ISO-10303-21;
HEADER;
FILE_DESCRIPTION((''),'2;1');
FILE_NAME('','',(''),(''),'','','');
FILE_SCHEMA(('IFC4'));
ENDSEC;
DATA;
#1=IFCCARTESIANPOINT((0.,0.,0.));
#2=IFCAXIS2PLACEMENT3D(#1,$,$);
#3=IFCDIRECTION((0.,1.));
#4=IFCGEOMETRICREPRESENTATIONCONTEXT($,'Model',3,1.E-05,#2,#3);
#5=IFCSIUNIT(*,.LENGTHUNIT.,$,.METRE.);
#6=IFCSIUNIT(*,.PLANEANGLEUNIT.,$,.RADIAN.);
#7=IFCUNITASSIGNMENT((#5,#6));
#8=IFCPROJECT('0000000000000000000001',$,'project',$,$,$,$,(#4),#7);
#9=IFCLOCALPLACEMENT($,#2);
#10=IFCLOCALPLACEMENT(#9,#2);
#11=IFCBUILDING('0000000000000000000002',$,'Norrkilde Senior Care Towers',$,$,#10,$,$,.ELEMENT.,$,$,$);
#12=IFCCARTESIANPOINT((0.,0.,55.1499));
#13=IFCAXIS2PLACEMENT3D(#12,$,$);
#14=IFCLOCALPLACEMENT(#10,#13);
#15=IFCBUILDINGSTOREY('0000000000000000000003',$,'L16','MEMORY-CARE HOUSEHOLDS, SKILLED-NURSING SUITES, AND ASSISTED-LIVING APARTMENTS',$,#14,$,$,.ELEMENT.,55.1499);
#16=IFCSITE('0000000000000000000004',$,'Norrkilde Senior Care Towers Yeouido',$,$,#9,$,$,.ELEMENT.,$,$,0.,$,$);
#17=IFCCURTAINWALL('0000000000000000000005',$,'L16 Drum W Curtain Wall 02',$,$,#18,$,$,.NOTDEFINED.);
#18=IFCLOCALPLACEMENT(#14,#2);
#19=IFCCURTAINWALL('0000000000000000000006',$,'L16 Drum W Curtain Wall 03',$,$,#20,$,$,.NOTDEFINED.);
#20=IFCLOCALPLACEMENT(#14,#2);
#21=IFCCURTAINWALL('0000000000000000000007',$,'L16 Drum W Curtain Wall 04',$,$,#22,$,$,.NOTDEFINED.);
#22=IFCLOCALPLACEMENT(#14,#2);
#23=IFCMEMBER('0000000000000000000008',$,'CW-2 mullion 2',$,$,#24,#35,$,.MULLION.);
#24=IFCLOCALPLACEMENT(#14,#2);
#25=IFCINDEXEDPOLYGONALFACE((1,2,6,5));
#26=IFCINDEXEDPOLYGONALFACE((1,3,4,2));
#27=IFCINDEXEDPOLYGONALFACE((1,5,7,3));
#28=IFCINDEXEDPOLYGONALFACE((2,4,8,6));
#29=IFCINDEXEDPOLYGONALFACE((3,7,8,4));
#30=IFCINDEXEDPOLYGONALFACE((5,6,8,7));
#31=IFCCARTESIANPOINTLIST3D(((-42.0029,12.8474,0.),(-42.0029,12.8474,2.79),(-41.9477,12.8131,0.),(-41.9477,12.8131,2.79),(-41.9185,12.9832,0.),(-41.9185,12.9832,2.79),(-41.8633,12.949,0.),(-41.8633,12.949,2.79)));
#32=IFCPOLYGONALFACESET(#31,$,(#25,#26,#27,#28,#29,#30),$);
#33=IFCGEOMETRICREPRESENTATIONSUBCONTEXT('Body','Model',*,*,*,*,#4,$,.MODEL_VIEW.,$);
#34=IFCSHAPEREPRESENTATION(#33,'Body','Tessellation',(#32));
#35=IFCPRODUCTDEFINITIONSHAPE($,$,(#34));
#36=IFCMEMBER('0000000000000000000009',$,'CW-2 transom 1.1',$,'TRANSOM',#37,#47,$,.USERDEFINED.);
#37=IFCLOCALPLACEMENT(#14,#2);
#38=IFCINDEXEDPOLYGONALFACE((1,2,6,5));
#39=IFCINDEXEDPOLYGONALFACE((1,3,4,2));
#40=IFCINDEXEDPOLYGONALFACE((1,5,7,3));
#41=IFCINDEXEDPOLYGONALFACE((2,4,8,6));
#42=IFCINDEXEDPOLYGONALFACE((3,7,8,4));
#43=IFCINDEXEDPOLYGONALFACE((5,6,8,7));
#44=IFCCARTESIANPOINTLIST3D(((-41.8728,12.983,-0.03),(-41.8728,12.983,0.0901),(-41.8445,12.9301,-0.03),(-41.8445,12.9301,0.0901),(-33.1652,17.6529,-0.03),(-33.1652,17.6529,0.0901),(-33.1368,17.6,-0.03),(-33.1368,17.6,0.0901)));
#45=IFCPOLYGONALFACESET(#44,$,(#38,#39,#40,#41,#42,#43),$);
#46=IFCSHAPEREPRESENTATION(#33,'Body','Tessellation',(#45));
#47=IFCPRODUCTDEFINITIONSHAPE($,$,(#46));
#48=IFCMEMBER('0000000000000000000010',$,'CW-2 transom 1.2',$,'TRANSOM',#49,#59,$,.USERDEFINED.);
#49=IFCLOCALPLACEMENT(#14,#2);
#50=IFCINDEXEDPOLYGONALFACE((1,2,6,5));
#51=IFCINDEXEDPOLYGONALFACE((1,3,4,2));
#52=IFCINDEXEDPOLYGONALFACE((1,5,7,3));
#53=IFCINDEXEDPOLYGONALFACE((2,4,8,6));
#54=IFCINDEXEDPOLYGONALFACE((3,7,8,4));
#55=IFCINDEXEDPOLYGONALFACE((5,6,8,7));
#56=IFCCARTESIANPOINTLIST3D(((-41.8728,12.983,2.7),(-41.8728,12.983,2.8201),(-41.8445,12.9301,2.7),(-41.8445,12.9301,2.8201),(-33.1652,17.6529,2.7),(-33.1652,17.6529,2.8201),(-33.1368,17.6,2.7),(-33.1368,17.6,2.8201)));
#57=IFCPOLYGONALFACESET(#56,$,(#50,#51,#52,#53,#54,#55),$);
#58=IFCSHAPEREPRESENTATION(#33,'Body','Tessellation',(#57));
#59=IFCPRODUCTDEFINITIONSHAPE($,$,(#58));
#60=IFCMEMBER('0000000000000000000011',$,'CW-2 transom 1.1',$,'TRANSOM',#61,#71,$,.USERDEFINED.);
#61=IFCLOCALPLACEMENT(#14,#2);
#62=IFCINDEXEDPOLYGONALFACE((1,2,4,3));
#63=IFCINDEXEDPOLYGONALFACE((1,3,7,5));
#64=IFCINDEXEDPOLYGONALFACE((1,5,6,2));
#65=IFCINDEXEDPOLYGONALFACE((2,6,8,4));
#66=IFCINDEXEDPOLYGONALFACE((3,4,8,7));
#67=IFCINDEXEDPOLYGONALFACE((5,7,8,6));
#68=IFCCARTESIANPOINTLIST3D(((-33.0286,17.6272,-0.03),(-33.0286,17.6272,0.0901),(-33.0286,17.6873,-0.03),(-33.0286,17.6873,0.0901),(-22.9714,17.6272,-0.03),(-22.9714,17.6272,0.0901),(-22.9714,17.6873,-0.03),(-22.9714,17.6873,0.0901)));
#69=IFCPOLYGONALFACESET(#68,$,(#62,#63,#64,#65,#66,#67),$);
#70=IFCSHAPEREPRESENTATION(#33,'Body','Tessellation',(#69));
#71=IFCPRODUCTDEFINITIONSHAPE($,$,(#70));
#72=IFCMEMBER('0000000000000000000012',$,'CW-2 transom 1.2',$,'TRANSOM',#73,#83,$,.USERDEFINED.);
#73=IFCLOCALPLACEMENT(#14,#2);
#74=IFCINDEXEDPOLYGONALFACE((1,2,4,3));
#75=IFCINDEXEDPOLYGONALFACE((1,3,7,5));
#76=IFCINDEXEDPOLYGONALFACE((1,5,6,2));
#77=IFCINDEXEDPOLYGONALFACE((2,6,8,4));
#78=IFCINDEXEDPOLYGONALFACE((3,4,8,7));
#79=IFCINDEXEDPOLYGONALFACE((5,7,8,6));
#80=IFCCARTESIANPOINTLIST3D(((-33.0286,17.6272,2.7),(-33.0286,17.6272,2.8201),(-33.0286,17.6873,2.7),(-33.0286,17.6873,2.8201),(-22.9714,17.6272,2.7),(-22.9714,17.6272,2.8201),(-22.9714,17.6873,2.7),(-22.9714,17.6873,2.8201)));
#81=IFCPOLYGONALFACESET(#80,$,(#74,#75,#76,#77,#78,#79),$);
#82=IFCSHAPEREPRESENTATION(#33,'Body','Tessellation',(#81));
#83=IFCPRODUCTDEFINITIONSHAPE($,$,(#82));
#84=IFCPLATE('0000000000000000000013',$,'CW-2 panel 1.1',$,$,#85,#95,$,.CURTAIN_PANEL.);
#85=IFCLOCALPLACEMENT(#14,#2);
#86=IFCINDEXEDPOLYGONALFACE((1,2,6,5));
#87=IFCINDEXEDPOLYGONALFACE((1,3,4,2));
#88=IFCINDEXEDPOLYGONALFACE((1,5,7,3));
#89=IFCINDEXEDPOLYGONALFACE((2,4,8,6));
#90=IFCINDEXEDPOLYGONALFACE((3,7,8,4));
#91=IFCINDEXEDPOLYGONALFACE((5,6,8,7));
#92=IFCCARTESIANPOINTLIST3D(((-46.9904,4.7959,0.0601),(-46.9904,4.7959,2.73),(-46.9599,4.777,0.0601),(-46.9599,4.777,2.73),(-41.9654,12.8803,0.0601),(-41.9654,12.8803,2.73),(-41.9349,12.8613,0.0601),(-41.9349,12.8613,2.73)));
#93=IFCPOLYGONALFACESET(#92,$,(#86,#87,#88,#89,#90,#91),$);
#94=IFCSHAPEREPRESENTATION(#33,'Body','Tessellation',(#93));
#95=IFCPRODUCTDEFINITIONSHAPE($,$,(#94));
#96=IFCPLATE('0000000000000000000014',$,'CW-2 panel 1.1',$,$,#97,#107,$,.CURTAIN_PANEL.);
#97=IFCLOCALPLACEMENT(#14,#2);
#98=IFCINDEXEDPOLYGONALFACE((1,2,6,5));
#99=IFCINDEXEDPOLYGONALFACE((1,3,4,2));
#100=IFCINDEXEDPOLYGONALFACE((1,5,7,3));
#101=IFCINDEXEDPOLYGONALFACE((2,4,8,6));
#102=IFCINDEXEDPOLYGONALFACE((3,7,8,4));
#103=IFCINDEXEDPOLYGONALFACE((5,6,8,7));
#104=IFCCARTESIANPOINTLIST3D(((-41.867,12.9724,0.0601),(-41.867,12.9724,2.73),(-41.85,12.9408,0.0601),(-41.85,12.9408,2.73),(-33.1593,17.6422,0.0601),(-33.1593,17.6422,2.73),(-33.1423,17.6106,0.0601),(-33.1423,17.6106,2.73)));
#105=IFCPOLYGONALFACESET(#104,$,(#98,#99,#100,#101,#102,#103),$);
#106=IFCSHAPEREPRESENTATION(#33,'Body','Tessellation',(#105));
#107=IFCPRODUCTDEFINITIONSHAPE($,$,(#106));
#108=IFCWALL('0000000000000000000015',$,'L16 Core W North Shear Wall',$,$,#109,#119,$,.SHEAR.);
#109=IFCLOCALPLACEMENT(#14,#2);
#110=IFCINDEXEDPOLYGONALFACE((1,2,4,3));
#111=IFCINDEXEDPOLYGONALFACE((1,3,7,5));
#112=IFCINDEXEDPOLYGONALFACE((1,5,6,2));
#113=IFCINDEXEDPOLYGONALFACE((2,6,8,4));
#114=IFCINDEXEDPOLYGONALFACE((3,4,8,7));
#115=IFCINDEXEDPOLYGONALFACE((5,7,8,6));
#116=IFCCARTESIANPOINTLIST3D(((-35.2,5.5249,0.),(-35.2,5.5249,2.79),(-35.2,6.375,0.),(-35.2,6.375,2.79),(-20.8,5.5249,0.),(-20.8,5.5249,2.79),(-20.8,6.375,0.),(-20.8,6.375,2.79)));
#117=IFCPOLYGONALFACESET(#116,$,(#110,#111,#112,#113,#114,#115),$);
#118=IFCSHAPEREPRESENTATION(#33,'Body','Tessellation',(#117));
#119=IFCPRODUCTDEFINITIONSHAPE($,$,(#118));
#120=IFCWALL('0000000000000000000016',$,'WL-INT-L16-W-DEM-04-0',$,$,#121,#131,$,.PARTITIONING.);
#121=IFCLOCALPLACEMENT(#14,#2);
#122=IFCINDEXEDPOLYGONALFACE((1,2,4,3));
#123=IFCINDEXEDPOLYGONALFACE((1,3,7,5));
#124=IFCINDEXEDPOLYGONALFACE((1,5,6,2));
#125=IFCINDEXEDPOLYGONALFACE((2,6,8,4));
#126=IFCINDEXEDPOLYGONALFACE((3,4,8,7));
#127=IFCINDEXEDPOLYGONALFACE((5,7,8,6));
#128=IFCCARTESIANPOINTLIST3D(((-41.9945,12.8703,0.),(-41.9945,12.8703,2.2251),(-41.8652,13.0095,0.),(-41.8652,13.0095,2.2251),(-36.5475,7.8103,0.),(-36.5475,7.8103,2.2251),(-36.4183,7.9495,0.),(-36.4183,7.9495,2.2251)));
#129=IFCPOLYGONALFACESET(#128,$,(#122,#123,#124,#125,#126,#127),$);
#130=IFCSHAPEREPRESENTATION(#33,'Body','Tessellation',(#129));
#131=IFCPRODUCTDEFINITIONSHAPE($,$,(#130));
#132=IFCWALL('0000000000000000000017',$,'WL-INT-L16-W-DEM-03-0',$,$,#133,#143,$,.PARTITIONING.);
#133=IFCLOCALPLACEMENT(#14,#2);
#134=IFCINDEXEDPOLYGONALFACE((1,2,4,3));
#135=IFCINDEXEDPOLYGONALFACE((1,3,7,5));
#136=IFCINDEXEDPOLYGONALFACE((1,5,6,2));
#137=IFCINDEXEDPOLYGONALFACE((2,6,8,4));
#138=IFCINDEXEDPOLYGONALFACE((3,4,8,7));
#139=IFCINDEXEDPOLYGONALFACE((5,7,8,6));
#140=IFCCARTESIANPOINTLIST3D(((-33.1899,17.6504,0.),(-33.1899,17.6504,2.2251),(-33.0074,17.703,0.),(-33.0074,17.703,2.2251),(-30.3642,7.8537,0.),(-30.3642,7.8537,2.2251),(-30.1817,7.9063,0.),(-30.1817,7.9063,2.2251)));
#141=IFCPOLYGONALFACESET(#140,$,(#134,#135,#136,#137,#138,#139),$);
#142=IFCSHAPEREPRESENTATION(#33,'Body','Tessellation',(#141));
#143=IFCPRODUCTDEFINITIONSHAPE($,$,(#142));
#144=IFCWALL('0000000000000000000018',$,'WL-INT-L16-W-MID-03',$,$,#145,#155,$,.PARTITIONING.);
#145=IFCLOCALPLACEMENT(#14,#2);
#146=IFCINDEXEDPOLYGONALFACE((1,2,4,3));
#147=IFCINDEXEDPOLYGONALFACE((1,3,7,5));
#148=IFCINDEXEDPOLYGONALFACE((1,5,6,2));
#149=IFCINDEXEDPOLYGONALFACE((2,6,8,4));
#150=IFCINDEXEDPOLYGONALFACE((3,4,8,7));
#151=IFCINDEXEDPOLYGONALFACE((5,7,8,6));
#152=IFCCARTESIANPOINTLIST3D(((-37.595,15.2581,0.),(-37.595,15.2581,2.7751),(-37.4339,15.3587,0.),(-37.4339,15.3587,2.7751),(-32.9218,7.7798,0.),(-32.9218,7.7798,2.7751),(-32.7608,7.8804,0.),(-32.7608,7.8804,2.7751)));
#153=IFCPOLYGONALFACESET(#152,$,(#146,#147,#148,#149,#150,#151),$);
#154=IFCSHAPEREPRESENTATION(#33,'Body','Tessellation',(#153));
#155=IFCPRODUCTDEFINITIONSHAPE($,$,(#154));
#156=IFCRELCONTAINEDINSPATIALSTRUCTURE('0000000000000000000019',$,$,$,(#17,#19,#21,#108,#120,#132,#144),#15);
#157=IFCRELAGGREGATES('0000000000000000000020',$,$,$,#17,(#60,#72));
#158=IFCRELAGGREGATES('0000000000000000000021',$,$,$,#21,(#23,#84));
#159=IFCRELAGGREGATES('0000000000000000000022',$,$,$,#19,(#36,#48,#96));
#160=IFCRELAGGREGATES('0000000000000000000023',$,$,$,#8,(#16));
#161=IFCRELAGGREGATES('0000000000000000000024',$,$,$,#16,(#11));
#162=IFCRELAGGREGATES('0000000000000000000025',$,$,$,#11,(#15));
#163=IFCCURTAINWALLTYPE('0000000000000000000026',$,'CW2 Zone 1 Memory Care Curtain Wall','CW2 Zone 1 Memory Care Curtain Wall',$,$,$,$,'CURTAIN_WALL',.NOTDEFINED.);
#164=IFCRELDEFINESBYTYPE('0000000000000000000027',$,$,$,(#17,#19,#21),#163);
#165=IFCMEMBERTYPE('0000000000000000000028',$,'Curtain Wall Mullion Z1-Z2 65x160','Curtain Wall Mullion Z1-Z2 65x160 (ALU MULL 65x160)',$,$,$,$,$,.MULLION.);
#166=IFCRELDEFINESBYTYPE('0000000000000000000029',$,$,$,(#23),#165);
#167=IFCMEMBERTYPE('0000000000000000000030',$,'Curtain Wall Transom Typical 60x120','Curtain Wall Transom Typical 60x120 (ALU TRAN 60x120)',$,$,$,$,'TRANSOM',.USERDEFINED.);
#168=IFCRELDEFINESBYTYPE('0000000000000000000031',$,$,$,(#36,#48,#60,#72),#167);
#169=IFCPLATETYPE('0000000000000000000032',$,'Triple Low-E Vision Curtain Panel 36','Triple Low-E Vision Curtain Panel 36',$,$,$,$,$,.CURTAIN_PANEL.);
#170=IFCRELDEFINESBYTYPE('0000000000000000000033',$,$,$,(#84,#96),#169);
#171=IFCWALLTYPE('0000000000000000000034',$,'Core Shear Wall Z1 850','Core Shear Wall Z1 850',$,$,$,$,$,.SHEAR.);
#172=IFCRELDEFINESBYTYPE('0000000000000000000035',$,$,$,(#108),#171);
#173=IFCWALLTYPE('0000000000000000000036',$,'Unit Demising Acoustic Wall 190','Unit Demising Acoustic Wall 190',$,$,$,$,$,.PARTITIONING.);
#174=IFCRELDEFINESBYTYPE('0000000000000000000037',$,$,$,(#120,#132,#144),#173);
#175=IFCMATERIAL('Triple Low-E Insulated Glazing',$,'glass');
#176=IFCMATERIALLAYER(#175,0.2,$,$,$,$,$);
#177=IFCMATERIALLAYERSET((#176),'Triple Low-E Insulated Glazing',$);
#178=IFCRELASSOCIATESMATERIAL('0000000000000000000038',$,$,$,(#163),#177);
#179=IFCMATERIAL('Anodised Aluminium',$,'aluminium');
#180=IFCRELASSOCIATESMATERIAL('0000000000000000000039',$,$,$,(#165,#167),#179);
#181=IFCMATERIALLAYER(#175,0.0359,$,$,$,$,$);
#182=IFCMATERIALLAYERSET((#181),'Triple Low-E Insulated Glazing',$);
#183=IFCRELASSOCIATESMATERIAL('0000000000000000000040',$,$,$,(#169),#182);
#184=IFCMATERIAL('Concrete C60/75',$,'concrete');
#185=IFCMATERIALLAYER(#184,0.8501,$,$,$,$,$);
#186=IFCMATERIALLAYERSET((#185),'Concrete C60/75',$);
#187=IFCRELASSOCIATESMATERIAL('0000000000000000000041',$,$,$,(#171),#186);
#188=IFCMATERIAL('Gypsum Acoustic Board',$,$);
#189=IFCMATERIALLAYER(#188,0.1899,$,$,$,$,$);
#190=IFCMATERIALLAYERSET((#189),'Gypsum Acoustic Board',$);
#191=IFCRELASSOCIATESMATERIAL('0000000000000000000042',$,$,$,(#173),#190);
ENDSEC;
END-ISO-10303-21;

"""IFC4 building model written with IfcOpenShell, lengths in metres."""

from ifc_helpers import new_model, si_unit, direction, frame, frame_2d, origin, origin_2d, place, context, subcontext, project, spatial, rectangle, extrude, source, transform, mapped, material, layer, layer_set, material_profile, profile_set, type_object, type_shapes, element, aggregate, save


model = new_model("IFC4")

# Units and contexts
model_context = context("Model", 3, precision=1e-05, world=origin(), true_north=direction((0.0, 1.0)))
body_context = subcontext(model_context, "Body", "Model", "MODEL_VIEW")
ifc_project = project(units=[si_unit("LENGTHUNIT", "METRE"), si_unit("PLANEANGLEUNIT", "RADIAN")], contexts=[model_context])

# Site, building, storey
site_placement = place(None, origin())
site = spatial("IfcSite", under=ifc_project, at=site_placement, Name="Norrkilde Senior Care Towers Yeouido", CompositionType="ELEMENT", RefElevation=0.0)
building_placement = place(site_placement, origin())
building = spatial("IfcBuilding", under=site, at=building_placement, Name="Norrkilde Senior Care Towers", CompositionType="ELEMENT")
storey_placement = place(building_placement, frame((0.0, 0.0, 55.1499)))
storey = spatial("IfcBuildingStorey", under=building, at=storey_placement, Name="L16", Description="MEMORY-CARE HOUSEHOLDS, SKILLED-NURSING SUITES, AND ASSISTED-LIVING APARTMENTS", CompositionType="ELEMENT", Elevation=55.1499)

# Shared definitions
ifc_material_1 = material(Name="Concrete C60/75", Category="concrete")

# Curtain wall
ifc_material_2 = material(Name="Triple Low-E Insulated Glazing", Category="glass")
ifc_layer_1 = layer(ifc_material_2, 0.2)
ifc_layer_set_1 = layer_set([ifc_layer_1], Name="Triple Low-E Insulated Glazing")
curtain_wall_type = type_object("IfcCurtainWallType", Name="CW2 Zone 1 Memory Care Curtain Wall", Description="CW2 Zone 1 Memory Care Curtain Wall", ElementType="CURTAIN_WALL", PredefinedType="NOTDEFINED", material=ifc_layer_set_1)
curtain_wall_1_placement = place(storey_placement, origin())
curtain_wall_1 = element("IfcCurtainWall", 1, at=curtain_wall_1_placement, inside=storey, type_object=curtain_wall_type, Name="L16 Drum W Curtain Wall 02", PredefinedType="NOTDEFINED")
ifc_material_3 = material(Name="Anodised Aluminium", Category="aluminium")
ifc_material_profile_1 = material_profile(ifc_material_3, rectangle(XDim=0.0649, YDim=0.1599, at=origin_2d()), Name="ALU MULL 65x160")
ifc_profile_set_1 = profile_set([ifc_material_profile_1], Name="Anodised Aluminium")
member_type_1 = type_object("IfcMemberType", Name="Curtain Wall Mullion Z1-Z2 65x160", Description="Curtain Wall Mullion Z1-Z2 65x160 (ALU MULL 65x160)", PredefinedType="MULLION", material=ifc_profile_set_1)
shared_shape_1 = source(origin(), body_context, "Body", "SweptSolid", [
    extrude(rectangle(XDim=0.0649, YDim=0.1599, at=origin_2d()), origin(), (0.0, 0.0, 1.0), 2.79),
])
type_shapes(member_type_1, [shared_shape_1])

# Curtain wall
curtain_wall_2_placement = place(storey_placement, origin())
curtain_wall_2 = element("IfcCurtainWall", 2, at=curtain_wall_2_placement, inside=storey, type_object=curtain_wall_type, Name="L16 Drum W Curtain Wall 03", PredefinedType="NOTDEFINED")

# Curtain wall, member
curtain_wall_3_placement = place(storey_placement, origin())
curtain_wall_3 = element("IfcCurtainWall", 3, at=curtain_wall_3_placement, inside=storey, type_object=curtain_wall_type, Name="L16 Drum W Curtain Wall 04", PredefinedType="NOTDEFINED")
member_1_placement = place(storey_placement, frame((-41.9331, 12.8982, 0.0), z_axis=(0.0, 0.0, 1.0), x_axis=(-0.849306, 0.527901, 0.0)))
member_1 = element("IfcMember", 4, at=member_1_placement, type_object=member_type_1, Name="CW-2 mullion 2", PredefinedType="MULLION", context=body_context, shape_type="MappedRepresentation", body=[
    mapped(shared_shape_1, transform((0.0, 0.0, 0.0), x_axis=(1.0, 0.0, 0.0), y_axis=(0.0, 1.0, 0.0), z_axis=(0.0, 0.0, 1.0), scale=1.0)),
])

# Members
ifc_material_profile_2 = material_profile(ifc_material_3, rectangle(XDim=0.0601, YDim=0.1201, at=origin_2d()), Name="ALU TRAN 60x120")
ifc_profile_set_2 = profile_set([ifc_material_profile_2], Name="Anodised Aluminium")
member_type_2 = type_object("IfcMemberType", Name="Curtain Wall Transom Typical 60x120", Description="Curtain Wall Transom Typical 60x120 (ALU TRAN 60x120)", ElementType="TRANSOM", PredefinedType="USERDEFINED", material=ifc_profile_set_2)
shared_shape_2 = source(origin(), body_context, "Body", "SweptSolid", [
    extrude(rectangle(XDim=0.0601, YDim=0.1201, at=origin_2d()), origin(), (0.0, 0.0, 1.0), 9.8809),
])
member_2_placement = place(storey_placement, frame((-41.8586, 12.9565, 0.03), z_axis=(0.881267, 0.472618, 0.0), x_axis=(-0.472618, 0.881267, 0.0)))
member_2 = element("IfcMember", 5, at=member_2_placement, type_object=member_type_2, Name="CW-2 transom 1.1", ObjectType="TRANSOM", PredefinedType="USERDEFINED", context=body_context, shape_type="MappedRepresentation", body=[
    mapped(shared_shape_2, transform((0.0, 0.0, 0.0), x_axis=(1.0, 0.0, 0.0), y_axis=(0.0, 1.0, 0.0), z_axis=(0.0, 0.0, 1.0), scale=1.0)),
])
member_3_placement = place(storey_placement, frame((-41.8586, 12.9565, 2.76), z_axis=(0.881267, 0.472618, 0.0), x_axis=(-0.472618, 0.881267, 0.0)))
member_3 = element("IfcMember", 6, at=member_3_placement, type_object=member_type_2, Name="CW-2 transom 1.2", ObjectType="TRANSOM", PredefinedType="USERDEFINED", context=body_context, shape_type="MappedRepresentation", body=[
    mapped(shared_shape_2, transform((0.0, 0.0, 0.0), x_axis=(1.0, 0.0, 0.0), y_axis=(0.0, 1.0, 0.0), z_axis=(0.0, 0.0, 1.0), scale=1.0)),
])
shared_shape_3 = source(origin(), body_context, "Body", "SweptSolid", [
    extrude(rectangle(XDim=0.0601, YDim=0.1201, at=origin_2d()), origin(), (0.0, 0.0, 1.0), 10.0571),
])
type_shapes(member_type_2, [shared_shape_2, shared_shape_3])
member_4_placement = place(storey_placement, frame((-33.0286, 17.6572, 0.03), z_axis=(1.0, 0.0, 0.0), x_axis=(0.0, 1.0, 0.0)))
member_4 = element("IfcMember", 7, at=member_4_placement, type_object=member_type_2, Name="CW-2 transom 1.1", ObjectType="TRANSOM", PredefinedType="USERDEFINED", context=body_context, shape_type="MappedRepresentation", body=[
    mapped(shared_shape_3, transform((0.0, 0.0, 0.0), x_axis=(1.0, 0.0, 0.0), y_axis=(0.0, 1.0, 0.0), z_axis=(0.0, 0.0, 1.0), scale=1.0)),
])
member_5_placement = place(storey_placement, frame((-33.0286, 17.6572, 2.76), z_axis=(1.0, 0.0, 0.0), x_axis=(0.0, 1.0, 0.0)))
member_5 = element("IfcMember", 8, at=member_5_placement, type_object=member_type_2, Name="CW-2 transom 1.2", ObjectType="TRANSOM", PredefinedType="USERDEFINED", context=body_context, shape_type="MappedRepresentation", body=[
    mapped(shared_shape_3, transform((0.0, 0.0, 0.0), x_axis=(1.0, 0.0, 0.0), y_axis=(0.0, 1.0, 0.0), z_axis=(0.0, 0.0, 1.0), scale=1.0)),
])
aggregate(curtain_wall_1, [member_4, member_5])

# Plates
ifc_layer_2 = layer(ifc_material_2, 0.0359)
ifc_layer_set_2 = layer_set([ifc_layer_2], Name="Triple Low-E Insulated Glazing")
plate_type = type_object("IfcPlateType", Name="Triple Low-E Vision Curtain Panel 36", Description="Triple Low-E Vision Curtain Panel 36", PredefinedType="CURTAIN_PANEL", material=ifc_layer_set_2)
shared_shape_4 = source(origin(), body_context, "Body", "SweptSolid", [
    extrude(rectangle(XDim=9.5188, YDim=0.0359, at=origin_2d()), origin(), (0.0, 0.0, 1.0), 2.6699),
])
plate_1_placement = place(storey_placement, frame((-44.4626, 8.8286, 0.0601), z_axis=(0.0, 0.0, 1.0), x_axis=(0.527901, 0.849306, 0.0)))
plate_1 = element("IfcPlate", 9, at=plate_1_placement, type_object=plate_type, Name="CW-2 panel 1.1", PredefinedType="CURTAIN_PANEL", context=body_context, shape_type="MappedRepresentation", body=[
    mapped(shared_shape_4, transform((0.0, 0.0, 0.0), x_axis=(1.0, 0.0, 0.0), y_axis=(0.0, 1.0, 0.0), z_axis=(0.0, 0.0, 1.0), scale=1.0)),
])
aggregate(curtain_wall_3, [member_1, plate_1])
shared_shape_5 = source(origin(), body_context, "Body", "SweptSolid", [
    extrude(rectangle(XDim=9.8809, YDim=0.0359, at=origin_2d()), origin(), (0.0, 0.0, 1.0), 2.6699),
])
type_shapes(plate_type, [shared_shape_4, shared_shape_5])
plate_2_placement = place(storey_placement, frame((-37.5046, 15.2915, 0.0601), z_axis=(0.0, 0.0, 1.0), x_axis=(0.881273, 0.472608, 0.0)))
plate_2 = element("IfcPlate", 10, at=plate_2_placement, type_object=plate_type, Name="CW-2 panel 1.1", PredefinedType="CURTAIN_PANEL", context=body_context, shape_type="MappedRepresentation", body=[
    mapped(shared_shape_5, transform((0.0, 0.0, 0.0), x_axis=(1.0, 0.0, 0.0), y_axis=(0.0, 1.0, 0.0), z_axis=(0.0, 0.0, 1.0), scale=1.0)),
])
aggregate(curtain_wall_2, [member_2, member_3, plate_2])

# Wall
ifc_layer_3 = layer(ifc_material_1, 0.8501)
ifc_layer_set_3 = layer_set([ifc_layer_3], Name="Concrete C60/75")
wall_type_1 = type_object("IfcWallType", Name="Core Shear Wall Z1 850", Description="Core Shear Wall Z1 850", PredefinedType="SHEAR", material=ifc_layer_set_3)
shared_shape_6 = source(origin(), body_context, "Body", "SweptSolid", [
    extrude(rectangle(XDim=14.3999, YDim=0.8501, at=frame_2d((7.2, 0.0))), origin(), (0.0, 0.0, 1.0), 2.79),
])
type_shapes(wall_type_1, [shared_shape_6])
wall_1_placement = place(storey_placement, frame((-35.2, 5.95, 0.0), z_axis=(0.0, 0.0, 1.0), x_axis=(1.0, 0.0, 0.0)))
element("IfcWall", 11, at=wall_1_placement, inside=storey, type_object=wall_type_1, Name="L16 Core W North Shear Wall", PredefinedType="SHEAR", context=body_context, shape_type="MappedRepresentation", body=[
    mapped(shared_shape_6, transform((0.0, 0.0, 0.0), x_axis=(1.0, 0.0, 0.0), y_axis=(0.0, 1.0, 0.0), z_axis=(0.0, 0.0, 1.0), scale=1.0)),
])

# Shared definitions
ifc_material_4 = material(Name="Gypsum Acoustic Board")

# Walls
ifc_layer_4 = layer(ifc_material_4, 0.1899)
ifc_layer_set_4 = layer_set([ifc_layer_4], Name="Gypsum Acoustic Board")
wall_type_2 = type_object("IfcWallType", Name="Unit Demising Acoustic Wall 190", Description="Unit Demising Acoustic Wall 190", PredefinedType="PARTITIONING", material=ifc_layer_set_4)
shared_shape_7 = source(origin(), body_context, "Body", "SweptSolid", [
    extrude(rectangle(XDim=7.4346, YDim=0.1899, at=frame_2d((3.7173, 0.0))), origin(), (0.0, 0.0, 1.0), 2.2251),
])
wall_2_placement = place(storey_placement, frame((-36.4829, 7.8799, 0.0), z_axis=(0.0, 0.0, 1.0), x_axis=(-0.732652, 0.680603, 0.0)))
element("IfcWall", 12, at=wall_2_placement, inside=storey, type_object=wall_type_2, Name="WL-INT-L16-W-DEM-04-0", PredefinedType="PARTITIONING", context=body_context, shape_type="MappedRepresentation", body=[
    mapped(shared_shape_7, transform((0.0, 0.0, 0.0), x_axis=(1.0, 0.0, 0.0), y_axis=(0.0, 1.0, 0.0), z_axis=(0.0, 0.0, 1.0), scale=1.0)),
])
shared_shape_8 = source(origin(), body_context, "Body", "SweptSolid", [
    extrude(rectangle(XDim=10.196, YDim=0.1899, at=frame_2d((5.0981, 0.0))), origin(), (0.0, 0.0, 1.0), 2.2251),
])
wall_3_placement = place(storey_placement, frame((-30.2729, 7.8799, 0.0), z_axis=(0.0, 0.0, 1.0), x_axis=(-0.277136, 0.960831, 0.0)))
element("IfcWall", 13, at=wall_3_placement, inside=storey, type_object=wall_type_2, Name="WL-INT-L16-W-DEM-03-0", PredefinedType="PARTITIONING", context=body_context, shape_type="MappedRepresentation", body=[
    mapped(shared_shape_8, transform((0.0, 0.0, 0.0), x_axis=(1.0, 0.0, 0.0), y_axis=(0.0, 1.0, 0.0), z_axis=(0.0, 0.0, 1.0), scale=1.0)),
])
shared_shape_9 = source(origin(), body_context, "Body", "SweptSolid", [
    extrude(rectangle(XDim=8.8184, YDim=0.1899, at=frame_2d((4.4092, 0.0))), origin(), (0.0, 0.0, 1.0), 2.7751),
])
type_shapes(wall_type_2, [shared_shape_7, shared_shape_8, shared_shape_9])
wall_4_placement = place(storey_placement, frame((-32.8413, 7.8301, 0.0), z_axis=(0.0, 0.0, 1.0), x_axis=(-0.529932, 0.84804, 0.0)))
element("IfcWall", 14, at=wall_4_placement, inside=storey, type_object=wall_type_2, Name="WL-INT-L16-W-MID-03", PredefinedType="PARTITIONING", context=body_context, shape_type="MappedRepresentation", body=[
    mapped(shared_shape_9, transform((0.0, 0.0, 0.0), x_axis=(1.0, 0.0, 0.0), y_axis=(0.0, 1.0, 0.0), z_axis=(0.0, 0.0, 1.0), scale=1.0)),
])

save(model, "model.ifc")
